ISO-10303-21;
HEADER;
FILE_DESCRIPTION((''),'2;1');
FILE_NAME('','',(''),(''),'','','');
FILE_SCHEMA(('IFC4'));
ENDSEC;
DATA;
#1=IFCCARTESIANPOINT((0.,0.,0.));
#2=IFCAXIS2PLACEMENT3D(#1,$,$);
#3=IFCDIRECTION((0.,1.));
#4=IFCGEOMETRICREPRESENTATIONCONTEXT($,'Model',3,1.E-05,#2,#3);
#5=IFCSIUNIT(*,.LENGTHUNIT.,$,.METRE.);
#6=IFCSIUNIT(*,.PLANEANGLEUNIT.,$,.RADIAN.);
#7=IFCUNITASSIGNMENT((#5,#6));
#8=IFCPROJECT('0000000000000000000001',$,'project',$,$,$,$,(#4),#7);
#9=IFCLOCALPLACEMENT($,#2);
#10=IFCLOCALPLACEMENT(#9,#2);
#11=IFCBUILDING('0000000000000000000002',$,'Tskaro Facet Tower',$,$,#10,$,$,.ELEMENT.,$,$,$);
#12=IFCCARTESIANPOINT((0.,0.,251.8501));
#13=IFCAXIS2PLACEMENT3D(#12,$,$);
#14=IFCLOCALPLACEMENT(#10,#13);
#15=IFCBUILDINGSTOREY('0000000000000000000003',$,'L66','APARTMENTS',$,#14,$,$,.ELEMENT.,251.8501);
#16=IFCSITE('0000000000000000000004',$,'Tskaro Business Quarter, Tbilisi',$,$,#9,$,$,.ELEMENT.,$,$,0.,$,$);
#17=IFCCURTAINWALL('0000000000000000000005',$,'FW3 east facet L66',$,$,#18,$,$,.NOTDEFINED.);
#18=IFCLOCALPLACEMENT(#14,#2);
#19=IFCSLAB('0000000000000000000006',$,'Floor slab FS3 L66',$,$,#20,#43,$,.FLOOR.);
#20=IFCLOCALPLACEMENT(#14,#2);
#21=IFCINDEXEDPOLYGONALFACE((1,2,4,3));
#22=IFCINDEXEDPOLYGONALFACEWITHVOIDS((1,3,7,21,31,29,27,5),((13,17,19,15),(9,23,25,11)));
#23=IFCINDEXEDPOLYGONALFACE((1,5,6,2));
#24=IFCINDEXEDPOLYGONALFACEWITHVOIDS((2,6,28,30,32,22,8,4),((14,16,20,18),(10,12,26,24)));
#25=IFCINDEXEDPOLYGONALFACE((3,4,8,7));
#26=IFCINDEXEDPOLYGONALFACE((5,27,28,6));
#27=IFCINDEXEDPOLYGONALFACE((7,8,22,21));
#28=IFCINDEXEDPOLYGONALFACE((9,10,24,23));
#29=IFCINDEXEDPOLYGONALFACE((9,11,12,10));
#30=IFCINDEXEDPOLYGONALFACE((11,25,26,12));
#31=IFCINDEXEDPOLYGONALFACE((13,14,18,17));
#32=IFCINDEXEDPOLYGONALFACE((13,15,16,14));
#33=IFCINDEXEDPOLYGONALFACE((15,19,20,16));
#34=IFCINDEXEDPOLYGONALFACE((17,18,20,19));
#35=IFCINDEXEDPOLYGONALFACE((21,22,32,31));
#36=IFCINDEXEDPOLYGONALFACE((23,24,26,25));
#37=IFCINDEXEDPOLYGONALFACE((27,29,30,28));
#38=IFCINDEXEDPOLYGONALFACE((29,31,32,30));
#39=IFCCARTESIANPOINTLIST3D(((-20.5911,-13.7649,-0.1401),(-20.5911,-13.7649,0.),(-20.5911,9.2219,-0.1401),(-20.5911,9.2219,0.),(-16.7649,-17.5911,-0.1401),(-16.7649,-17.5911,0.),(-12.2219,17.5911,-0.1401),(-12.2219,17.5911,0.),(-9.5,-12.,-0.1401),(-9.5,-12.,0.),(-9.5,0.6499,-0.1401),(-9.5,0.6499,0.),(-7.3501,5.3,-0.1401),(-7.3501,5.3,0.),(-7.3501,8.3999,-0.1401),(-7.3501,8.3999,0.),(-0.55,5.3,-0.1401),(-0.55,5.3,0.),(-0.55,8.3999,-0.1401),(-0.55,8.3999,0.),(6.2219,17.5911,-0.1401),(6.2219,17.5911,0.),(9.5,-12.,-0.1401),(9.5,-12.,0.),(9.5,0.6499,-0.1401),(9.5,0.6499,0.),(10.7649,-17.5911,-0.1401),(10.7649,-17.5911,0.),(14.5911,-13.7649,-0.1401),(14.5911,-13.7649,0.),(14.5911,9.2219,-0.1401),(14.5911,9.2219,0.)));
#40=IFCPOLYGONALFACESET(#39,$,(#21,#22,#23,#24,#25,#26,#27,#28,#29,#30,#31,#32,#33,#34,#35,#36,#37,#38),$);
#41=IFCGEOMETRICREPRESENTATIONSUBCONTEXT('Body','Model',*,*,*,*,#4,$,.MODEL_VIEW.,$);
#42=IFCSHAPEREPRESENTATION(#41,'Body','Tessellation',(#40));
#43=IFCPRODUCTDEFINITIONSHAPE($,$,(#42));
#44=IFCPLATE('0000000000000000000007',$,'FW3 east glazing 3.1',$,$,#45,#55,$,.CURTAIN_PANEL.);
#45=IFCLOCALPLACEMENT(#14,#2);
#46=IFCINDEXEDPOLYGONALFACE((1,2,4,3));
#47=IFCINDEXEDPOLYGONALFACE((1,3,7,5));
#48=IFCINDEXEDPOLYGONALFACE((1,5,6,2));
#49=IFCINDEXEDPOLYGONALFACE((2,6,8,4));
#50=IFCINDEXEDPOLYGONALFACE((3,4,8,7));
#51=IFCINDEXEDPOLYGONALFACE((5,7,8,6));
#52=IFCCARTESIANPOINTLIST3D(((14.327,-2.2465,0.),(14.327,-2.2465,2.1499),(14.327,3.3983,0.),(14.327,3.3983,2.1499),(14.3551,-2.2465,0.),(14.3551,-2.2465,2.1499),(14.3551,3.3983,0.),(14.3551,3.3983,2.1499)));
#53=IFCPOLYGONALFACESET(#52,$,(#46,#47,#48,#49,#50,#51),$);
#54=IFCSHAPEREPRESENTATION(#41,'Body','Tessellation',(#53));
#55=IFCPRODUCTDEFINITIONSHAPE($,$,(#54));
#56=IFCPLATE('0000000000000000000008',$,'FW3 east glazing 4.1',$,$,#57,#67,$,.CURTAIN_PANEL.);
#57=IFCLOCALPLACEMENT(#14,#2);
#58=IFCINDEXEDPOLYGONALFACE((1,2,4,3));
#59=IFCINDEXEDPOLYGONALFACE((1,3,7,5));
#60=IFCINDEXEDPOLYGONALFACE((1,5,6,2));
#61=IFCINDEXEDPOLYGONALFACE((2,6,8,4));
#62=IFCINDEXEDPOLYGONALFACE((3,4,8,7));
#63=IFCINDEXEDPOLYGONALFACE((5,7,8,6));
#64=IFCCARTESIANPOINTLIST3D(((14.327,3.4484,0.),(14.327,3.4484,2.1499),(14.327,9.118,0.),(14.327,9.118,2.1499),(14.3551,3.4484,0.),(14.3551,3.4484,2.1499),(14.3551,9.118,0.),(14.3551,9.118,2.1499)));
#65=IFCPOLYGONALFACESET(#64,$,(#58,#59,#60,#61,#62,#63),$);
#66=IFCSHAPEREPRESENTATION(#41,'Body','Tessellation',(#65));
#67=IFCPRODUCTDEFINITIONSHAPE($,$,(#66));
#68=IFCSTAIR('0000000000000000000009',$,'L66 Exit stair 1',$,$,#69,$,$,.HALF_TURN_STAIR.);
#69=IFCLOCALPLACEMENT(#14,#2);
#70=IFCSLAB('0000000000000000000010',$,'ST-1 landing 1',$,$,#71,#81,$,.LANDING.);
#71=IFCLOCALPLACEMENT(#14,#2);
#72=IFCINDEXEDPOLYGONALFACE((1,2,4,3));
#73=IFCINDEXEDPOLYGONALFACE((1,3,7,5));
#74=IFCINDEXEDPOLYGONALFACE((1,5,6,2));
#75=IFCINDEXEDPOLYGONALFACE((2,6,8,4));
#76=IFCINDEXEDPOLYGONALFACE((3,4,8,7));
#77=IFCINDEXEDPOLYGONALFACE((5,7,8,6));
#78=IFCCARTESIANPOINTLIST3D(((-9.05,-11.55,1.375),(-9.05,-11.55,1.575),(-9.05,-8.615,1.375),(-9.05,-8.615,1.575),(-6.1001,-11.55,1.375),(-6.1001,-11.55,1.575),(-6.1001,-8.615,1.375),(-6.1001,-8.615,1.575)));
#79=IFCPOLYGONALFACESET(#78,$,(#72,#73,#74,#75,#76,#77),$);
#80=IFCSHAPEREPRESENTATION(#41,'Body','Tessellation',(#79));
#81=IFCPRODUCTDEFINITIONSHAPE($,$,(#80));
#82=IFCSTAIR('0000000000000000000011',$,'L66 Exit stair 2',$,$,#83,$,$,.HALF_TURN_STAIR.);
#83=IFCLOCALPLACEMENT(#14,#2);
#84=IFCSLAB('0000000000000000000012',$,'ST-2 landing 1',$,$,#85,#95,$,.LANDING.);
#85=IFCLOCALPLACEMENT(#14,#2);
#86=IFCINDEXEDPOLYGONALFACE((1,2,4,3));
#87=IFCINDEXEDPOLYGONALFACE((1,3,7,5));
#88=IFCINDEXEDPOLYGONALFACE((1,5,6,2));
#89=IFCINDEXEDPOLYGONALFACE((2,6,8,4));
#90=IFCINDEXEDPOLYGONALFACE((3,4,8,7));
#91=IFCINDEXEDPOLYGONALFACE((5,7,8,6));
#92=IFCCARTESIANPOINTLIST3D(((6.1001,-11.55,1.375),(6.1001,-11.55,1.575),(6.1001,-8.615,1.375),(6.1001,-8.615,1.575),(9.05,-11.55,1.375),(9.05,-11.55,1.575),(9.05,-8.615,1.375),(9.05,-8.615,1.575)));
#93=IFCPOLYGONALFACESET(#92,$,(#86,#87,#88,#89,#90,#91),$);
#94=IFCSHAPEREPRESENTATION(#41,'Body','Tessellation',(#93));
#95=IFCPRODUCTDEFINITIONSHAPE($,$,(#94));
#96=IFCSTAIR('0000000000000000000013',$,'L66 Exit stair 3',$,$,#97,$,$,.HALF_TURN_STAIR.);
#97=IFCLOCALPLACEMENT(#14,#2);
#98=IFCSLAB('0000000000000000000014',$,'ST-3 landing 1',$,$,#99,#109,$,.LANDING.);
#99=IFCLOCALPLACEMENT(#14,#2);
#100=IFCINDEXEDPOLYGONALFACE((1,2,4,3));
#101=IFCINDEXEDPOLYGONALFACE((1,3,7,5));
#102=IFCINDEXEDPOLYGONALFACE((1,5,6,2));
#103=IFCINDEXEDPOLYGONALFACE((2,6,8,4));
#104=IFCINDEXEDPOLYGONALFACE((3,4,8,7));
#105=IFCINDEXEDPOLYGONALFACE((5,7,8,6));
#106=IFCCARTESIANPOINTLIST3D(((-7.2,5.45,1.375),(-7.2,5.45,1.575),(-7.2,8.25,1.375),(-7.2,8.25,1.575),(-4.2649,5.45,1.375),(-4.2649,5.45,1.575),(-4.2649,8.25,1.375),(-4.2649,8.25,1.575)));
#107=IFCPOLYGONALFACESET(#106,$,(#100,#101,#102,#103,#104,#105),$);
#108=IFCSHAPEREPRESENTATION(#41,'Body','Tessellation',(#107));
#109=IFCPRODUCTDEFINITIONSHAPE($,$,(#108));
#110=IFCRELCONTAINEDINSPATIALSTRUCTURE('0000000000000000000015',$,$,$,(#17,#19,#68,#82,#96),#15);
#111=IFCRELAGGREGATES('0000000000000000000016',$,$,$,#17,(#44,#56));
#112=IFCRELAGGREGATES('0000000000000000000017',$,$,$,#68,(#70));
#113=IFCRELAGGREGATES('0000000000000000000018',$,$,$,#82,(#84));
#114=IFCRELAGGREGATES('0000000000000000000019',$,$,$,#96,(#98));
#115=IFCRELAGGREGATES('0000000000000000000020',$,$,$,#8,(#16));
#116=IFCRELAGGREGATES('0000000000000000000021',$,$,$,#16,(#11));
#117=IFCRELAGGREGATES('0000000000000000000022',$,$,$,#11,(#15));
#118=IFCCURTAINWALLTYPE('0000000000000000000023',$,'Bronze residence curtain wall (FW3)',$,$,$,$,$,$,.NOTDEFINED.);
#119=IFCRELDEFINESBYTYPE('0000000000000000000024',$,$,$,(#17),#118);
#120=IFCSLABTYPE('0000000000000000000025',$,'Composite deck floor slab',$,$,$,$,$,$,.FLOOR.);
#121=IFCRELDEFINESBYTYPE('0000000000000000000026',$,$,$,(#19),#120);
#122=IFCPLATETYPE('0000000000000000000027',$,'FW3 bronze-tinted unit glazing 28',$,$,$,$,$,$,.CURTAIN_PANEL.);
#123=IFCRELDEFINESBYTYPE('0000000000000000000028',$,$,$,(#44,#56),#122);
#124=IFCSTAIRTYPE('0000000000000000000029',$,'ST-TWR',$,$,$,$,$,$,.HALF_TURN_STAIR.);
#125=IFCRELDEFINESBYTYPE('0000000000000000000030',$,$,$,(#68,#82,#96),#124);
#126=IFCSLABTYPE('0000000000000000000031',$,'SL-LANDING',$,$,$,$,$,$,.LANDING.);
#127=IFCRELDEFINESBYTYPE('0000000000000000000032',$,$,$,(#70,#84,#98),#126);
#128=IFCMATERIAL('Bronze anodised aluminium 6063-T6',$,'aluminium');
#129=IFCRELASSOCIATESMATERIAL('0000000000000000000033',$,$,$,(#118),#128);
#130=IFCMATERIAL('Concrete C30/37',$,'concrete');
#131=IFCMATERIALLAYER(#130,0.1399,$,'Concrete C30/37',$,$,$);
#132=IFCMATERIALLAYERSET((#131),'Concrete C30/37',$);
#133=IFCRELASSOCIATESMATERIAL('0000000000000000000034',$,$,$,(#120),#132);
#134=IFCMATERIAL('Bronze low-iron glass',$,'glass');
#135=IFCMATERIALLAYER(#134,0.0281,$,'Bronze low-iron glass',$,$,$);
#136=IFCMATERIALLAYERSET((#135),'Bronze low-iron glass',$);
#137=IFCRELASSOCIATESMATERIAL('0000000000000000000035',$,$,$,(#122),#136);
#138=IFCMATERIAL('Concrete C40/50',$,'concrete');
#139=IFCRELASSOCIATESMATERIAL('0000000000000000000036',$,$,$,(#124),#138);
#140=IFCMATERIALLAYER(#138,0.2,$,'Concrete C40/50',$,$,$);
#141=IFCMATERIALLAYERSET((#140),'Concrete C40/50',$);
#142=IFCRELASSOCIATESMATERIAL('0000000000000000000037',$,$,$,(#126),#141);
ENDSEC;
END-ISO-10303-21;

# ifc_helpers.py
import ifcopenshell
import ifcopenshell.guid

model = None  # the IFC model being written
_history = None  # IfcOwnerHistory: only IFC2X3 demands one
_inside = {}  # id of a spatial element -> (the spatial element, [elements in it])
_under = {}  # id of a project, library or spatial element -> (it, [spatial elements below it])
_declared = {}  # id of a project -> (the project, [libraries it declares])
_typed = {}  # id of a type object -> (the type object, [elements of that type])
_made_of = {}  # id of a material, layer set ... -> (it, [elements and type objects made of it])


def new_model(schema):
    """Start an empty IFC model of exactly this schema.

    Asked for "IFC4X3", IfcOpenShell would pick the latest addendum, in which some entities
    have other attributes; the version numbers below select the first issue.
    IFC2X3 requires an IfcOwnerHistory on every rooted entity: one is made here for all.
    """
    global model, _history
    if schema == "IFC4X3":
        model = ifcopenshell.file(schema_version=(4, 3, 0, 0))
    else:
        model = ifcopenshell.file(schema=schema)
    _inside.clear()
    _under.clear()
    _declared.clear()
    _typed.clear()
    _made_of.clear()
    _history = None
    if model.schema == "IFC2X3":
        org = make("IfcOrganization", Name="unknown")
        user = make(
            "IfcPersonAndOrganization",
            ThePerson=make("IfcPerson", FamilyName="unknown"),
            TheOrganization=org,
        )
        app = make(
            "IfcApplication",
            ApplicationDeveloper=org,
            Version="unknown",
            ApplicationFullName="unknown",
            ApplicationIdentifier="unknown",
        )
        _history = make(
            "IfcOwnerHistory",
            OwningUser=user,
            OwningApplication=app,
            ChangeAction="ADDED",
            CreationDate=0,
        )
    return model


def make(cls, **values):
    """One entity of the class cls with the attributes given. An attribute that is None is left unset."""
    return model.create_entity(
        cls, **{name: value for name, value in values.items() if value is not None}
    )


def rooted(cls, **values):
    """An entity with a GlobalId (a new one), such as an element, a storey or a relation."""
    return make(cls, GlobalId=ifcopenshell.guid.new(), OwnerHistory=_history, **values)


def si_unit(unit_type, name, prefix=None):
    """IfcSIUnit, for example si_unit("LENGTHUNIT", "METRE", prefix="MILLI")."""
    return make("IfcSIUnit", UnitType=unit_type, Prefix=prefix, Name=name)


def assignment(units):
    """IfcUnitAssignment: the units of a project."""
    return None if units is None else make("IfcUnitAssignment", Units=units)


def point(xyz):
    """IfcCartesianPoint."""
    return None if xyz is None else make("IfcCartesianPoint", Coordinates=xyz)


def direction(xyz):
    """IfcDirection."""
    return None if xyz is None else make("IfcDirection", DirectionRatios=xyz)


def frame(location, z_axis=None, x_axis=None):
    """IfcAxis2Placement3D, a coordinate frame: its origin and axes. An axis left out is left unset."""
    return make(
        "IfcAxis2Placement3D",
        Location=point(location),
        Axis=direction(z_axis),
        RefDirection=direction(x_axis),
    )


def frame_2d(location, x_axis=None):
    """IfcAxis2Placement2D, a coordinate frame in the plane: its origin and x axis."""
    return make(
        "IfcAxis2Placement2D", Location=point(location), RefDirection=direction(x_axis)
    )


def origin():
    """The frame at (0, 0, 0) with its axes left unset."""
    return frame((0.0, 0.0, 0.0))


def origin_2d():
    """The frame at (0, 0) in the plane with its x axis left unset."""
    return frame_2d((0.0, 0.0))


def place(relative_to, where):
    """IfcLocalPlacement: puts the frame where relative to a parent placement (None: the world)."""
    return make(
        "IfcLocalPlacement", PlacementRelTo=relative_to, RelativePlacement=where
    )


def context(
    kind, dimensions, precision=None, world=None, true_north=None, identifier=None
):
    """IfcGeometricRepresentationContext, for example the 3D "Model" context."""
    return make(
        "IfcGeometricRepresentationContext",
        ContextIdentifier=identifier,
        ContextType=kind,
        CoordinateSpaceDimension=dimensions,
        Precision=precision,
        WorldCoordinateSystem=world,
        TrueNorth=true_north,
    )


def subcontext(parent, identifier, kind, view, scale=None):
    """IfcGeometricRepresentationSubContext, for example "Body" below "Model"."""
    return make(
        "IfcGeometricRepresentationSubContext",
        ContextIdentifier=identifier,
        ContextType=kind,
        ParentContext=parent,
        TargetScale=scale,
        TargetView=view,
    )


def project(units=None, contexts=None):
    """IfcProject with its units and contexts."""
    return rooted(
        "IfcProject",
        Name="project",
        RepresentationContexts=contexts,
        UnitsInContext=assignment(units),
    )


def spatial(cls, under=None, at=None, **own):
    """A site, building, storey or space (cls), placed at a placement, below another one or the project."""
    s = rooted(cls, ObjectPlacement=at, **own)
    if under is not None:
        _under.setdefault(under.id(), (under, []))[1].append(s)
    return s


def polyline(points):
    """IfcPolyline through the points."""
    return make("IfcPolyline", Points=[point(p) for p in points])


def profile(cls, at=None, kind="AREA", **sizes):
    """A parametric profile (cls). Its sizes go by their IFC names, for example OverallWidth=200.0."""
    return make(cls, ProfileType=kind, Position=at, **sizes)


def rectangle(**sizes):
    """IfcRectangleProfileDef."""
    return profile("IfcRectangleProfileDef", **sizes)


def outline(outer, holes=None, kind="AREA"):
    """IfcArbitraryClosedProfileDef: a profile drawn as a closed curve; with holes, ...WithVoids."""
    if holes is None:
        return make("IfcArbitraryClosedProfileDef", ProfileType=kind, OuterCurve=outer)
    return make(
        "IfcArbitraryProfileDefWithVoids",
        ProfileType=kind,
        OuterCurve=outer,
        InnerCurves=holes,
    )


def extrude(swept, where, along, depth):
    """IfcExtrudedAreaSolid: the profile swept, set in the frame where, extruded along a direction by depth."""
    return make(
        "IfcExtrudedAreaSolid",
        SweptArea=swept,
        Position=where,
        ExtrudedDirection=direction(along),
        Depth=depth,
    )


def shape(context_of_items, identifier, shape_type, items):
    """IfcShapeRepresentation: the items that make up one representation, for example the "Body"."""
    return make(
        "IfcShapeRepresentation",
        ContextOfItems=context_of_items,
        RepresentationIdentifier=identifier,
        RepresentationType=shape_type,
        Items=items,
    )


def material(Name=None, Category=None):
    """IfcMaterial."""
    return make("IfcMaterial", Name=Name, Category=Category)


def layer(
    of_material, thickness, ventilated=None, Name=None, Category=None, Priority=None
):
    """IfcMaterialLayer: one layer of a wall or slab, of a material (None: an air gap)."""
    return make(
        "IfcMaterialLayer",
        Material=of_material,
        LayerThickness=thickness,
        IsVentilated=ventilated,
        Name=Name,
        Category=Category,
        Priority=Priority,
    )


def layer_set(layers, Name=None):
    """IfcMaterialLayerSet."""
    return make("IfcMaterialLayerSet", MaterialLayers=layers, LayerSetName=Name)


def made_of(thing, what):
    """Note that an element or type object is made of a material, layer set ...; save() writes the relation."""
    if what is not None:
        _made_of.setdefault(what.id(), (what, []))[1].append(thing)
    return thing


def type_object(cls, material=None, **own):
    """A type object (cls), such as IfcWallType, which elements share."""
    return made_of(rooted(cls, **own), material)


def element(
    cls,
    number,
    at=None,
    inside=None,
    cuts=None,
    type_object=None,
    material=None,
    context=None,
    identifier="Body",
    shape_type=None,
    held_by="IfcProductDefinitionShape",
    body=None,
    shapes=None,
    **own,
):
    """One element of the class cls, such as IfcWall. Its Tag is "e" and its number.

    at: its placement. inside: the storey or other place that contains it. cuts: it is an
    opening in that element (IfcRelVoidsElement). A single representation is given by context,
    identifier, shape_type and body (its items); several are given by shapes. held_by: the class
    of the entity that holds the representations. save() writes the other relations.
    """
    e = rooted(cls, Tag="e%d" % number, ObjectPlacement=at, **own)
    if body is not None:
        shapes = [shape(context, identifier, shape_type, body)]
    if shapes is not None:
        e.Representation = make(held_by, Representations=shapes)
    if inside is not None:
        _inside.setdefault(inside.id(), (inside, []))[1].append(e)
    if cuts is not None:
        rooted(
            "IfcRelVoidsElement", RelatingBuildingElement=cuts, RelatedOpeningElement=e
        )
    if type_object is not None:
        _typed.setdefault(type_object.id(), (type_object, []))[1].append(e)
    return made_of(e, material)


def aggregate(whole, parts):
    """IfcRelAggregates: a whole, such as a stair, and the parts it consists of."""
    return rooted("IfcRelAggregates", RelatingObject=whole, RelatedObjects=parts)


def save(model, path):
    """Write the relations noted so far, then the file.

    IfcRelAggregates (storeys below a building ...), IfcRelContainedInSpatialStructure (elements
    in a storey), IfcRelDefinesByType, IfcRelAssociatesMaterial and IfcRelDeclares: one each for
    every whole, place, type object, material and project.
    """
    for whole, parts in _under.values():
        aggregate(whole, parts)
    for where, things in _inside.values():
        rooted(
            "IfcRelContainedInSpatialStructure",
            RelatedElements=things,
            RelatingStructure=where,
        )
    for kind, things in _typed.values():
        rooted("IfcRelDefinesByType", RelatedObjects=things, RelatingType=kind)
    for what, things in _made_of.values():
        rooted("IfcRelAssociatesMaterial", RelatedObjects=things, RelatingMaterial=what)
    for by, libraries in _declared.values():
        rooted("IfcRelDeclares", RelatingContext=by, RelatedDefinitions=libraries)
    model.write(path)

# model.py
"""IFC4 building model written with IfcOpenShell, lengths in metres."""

from ifc_helpers import new_model, si_unit, direction, frame, origin, origin_2d, place, context, subcontext, project, spatial, polyline, rectangle, outline, extrude, material, layer, layer_set, type_object, element, aggregate, save


model = new_model("IFC4")

# Units and contexts
model_context = context("Model", 3, precision=1e-05, world=origin(), true_north=direction((0.0, 1.0)))
body_context = subcontext(model_context, "Body", "Model", "MODEL_VIEW")
ifc_project = project(units=[si_unit("LENGTHUNIT", "METRE"), si_unit("PLANEANGLEUNIT", "RADIAN")], contexts=[model_context])

# Site, building, storey
site_placement = place(None, origin())
site = spatial("IfcSite", under=ifc_project, at=site_placement, Name="Tskaro Business Quarter, Tbilisi", CompositionType="ELEMENT", RefElevation=0.0)
building_placement = place(site_placement, origin())
building = spatial("IfcBuilding", under=site, at=building_placement, Name="Tskaro Facet Tower", CompositionType="ELEMENT")
storey_placement = place(building_placement, frame((0.0, 0.0, 251.8501)))
storey = spatial("IfcBuildingStorey", under=building, at=storey_placement, Name="L66", Description="APARTMENTS", CompositionType="ELEMENT", Elevation=251.8501)

# Shared definitions
ifc_material_1 = material(Name="Bronze anodised aluminium 6063-T6", Category="aluminium")
curtain_wall_type = type_object("IfcCurtainWallType", Name="Bronze residence curtain wall (FW3)", PredefinedType="NOTDEFINED", material=ifc_material_1)

# Curtain wall
curtain_wall_1_placement = place(storey_placement, origin())
curtain_wall_1 = element("IfcCurtainWall", 1, at=curtain_wall_1_placement, inside=storey, type_object=curtain_wall_type, Name="FW3 east facet L66", PredefinedType="NOTDEFINED")

# Slab
ifc_material_2 = material(Name="Concrete C30/37", Category="concrete")
ifc_layer_1 = layer(ifc_material_2, 0.1399, Name="Concrete C30/37")
ifc_layer_set_1 = layer_set([ifc_layer_1], Name="Concrete C30/37")
slab_type_1 = type_object("IfcSlabType", Name="Composite deck floor slab", PredefinedType="FLOOR", material=ifc_layer_set_1)
slab_1_placement = place(storey_placement, frame((0.0, 0.0, -0.1401)))
element("IfcSlab", 2, at=slab_1_placement, inside=storey, type_object=slab_type_1, Name="Floor slab FS3 L66", PredefinedType="FLOOR", context=body_context, shape_type="SweptSolid", body=[
    extrude(outline(polyline([(-16.7649, -17.5911), (10.7649, -17.5911), (14.5911, -13.7649), (14.5911, 9.2219), (6.2219, 17.5911), (-12.2219, 17.5911), (-20.5911, 9.2219), (-20.5911, -13.7649), (-16.7649, -17.5911)]), holes=[polyline([(-9.5, -12.0), (9.5, -12.0), (9.5, 0.6499), (-9.5, 0.6499), (-9.5, -12.0)]), polyline([(-7.3501, 5.3), (-0.55, 5.3), (-0.55, 8.3999), (-7.3501, 8.3999), (-7.3501, 5.3)])]), origin(), (0.0, 0.0, 1.0), 0.1401),
])

# Plates
ifc_material_3 = material(Name="Bronze low-iron glass", Category="glass")
ifc_layer_2 = layer(ifc_material_3, 0.0281, Name="Bronze low-iron glass")
ifc_layer_set_2 = layer_set([ifc_layer_2], Name="Bronze low-iron glass")
plate_type = type_object("IfcPlateType", Name="FW3 bronze-tinted unit glazing 28", PredefinedType="CURTAIN_PANEL", material=ifc_layer_set_2)
plate_1_placement = place(storey_placement, frame((14.3411, 0.5759, 0.0), z_axis=(0.0, 0.0, 1.0), x_axis=(0.0, 1.0, 0.0)))
plate_1 = element("IfcPlate", 3, at=plate_1_placement, type_object=plate_type, Name="FW3 east glazing 3.1", PredefinedType="CURTAIN_PANEL", context=body_context, shape_type="SweptSolid", body=[
    extrude(rectangle(XDim=5.6448, YDim=0.0281, at=origin_2d()), origin(), (0.0, 0.0, 1.0), 2.1499),
])
plate_2_placement = place(storey_placement, frame((14.3411, 6.2832, 0.0), z_axis=(0.0, 0.0, 1.0), x_axis=(0.0, 1.0, 0.0)))
plate_2 = element("IfcPlate", 4, at=plate_2_placement, type_object=plate_type, Name="FW3 east glazing 4.1", PredefinedType="CURTAIN_PANEL", context=body_context, shape_type="SweptSolid", body=[
    extrude(rectangle(XDim=5.6697, YDim=0.0281, at=origin_2d()), origin(), (0.0, 0.0, 1.0), 2.1499),
])
aggregate(curtain_wall_1, [plate_1, plate_2])

# Stairs, slabs
ifc_material_4 = material(Name="Concrete C40/50", Category="concrete")
stair_type = type_object("IfcStairType", Name="ST-TWR", PredefinedType="HALF_TURN_STAIR", material=ifc_material_4)
stair_1_placement = place(storey_placement, origin())
stair_1 = element("IfcStair", 5, at=stair_1_placement, inside=storey, type_object=stair_type, Name="L66 Exit stair 1", PredefinedType="HALF_TURN_STAIR")
ifc_layer_3 = layer(ifc_material_4, 0.2, Name="Concrete C40/50")
ifc_layer_set_3 = layer_set([ifc_layer_3], Name="Concrete C40/50")
slab_type_2 = type_object("IfcSlabType", Name="SL-LANDING", PredefinedType="LANDING", material=ifc_layer_set_3)
slab_2_placement = place(storey_placement, frame((0.0, 0.0, 1.375)))
slab_2 = element("IfcSlab", 6, at=slab_2_placement, type_object=slab_type_2, Name="ST-1 landing 1", PredefinedType="LANDING", context=body_context, shape_type="SweptSolid", body=[
    extrude(outline(polyline([(-9.05, -11.55), (-6.1001, -11.55), (-6.1001, -8.615), (-9.05, -8.615), (-9.05, -11.55)])), origin(), (0.0, 0.0, 1.0), 0.2),
])
aggregate(stair_1, [slab_2])
stair_2_placement = place(storey_placement, origin())
stair_2 = element("IfcStair", 7, at=stair_2_placement, inside=storey, type_object=stair_type, Name="L66 Exit stair 2", PredefinedType="HALF_TURN_STAIR")
slab_3_placement = place(storey_placement, frame((0.0, 0.0, 1.375)))
slab_3 = element("IfcSlab", 8, at=slab_3_placement, type_object=slab_type_2, Name="ST-2 landing 1", PredefinedType="LANDING", context=body_context, shape_type="SweptSolid", body=[
    extrude(outline(polyline([(6.1001, -11.55), (9.05, -11.55), (9.05, -8.615), (6.1001, -8.615), (6.1001, -11.55)])), origin(), (0.0, 0.0, 1.0), 0.2),
])
aggregate(stair_2, [slab_3])
stair_3_placement = place(storey_placement, origin())
stair_3 = element("IfcStair", 9, at=stair_3_placement, inside=storey, type_object=stair_type, Name="L66 Exit stair 3", PredefinedType="HALF_TURN_STAIR")
slab_4_placement = place(storey_placement, frame((0.0, 0.0, 1.375)))
slab_4 = element("IfcSlab", 10, at=slab_4_placement, type_object=slab_type_2, Name="ST-3 landing 1", PredefinedType="LANDING", context=body_context, shape_type="SweptSolid", body=[
    extrude(outline(polyline([(-7.2, 5.45), (-4.2649, 5.45), (-4.2649, 8.25), (-7.2, 8.25), (-7.2, 5.45)])), origin(), (0.0, 0.0, 1.0), 0.2),
])

aggregate(stair_3, [slab_4])

save(model, "model.ifc")
